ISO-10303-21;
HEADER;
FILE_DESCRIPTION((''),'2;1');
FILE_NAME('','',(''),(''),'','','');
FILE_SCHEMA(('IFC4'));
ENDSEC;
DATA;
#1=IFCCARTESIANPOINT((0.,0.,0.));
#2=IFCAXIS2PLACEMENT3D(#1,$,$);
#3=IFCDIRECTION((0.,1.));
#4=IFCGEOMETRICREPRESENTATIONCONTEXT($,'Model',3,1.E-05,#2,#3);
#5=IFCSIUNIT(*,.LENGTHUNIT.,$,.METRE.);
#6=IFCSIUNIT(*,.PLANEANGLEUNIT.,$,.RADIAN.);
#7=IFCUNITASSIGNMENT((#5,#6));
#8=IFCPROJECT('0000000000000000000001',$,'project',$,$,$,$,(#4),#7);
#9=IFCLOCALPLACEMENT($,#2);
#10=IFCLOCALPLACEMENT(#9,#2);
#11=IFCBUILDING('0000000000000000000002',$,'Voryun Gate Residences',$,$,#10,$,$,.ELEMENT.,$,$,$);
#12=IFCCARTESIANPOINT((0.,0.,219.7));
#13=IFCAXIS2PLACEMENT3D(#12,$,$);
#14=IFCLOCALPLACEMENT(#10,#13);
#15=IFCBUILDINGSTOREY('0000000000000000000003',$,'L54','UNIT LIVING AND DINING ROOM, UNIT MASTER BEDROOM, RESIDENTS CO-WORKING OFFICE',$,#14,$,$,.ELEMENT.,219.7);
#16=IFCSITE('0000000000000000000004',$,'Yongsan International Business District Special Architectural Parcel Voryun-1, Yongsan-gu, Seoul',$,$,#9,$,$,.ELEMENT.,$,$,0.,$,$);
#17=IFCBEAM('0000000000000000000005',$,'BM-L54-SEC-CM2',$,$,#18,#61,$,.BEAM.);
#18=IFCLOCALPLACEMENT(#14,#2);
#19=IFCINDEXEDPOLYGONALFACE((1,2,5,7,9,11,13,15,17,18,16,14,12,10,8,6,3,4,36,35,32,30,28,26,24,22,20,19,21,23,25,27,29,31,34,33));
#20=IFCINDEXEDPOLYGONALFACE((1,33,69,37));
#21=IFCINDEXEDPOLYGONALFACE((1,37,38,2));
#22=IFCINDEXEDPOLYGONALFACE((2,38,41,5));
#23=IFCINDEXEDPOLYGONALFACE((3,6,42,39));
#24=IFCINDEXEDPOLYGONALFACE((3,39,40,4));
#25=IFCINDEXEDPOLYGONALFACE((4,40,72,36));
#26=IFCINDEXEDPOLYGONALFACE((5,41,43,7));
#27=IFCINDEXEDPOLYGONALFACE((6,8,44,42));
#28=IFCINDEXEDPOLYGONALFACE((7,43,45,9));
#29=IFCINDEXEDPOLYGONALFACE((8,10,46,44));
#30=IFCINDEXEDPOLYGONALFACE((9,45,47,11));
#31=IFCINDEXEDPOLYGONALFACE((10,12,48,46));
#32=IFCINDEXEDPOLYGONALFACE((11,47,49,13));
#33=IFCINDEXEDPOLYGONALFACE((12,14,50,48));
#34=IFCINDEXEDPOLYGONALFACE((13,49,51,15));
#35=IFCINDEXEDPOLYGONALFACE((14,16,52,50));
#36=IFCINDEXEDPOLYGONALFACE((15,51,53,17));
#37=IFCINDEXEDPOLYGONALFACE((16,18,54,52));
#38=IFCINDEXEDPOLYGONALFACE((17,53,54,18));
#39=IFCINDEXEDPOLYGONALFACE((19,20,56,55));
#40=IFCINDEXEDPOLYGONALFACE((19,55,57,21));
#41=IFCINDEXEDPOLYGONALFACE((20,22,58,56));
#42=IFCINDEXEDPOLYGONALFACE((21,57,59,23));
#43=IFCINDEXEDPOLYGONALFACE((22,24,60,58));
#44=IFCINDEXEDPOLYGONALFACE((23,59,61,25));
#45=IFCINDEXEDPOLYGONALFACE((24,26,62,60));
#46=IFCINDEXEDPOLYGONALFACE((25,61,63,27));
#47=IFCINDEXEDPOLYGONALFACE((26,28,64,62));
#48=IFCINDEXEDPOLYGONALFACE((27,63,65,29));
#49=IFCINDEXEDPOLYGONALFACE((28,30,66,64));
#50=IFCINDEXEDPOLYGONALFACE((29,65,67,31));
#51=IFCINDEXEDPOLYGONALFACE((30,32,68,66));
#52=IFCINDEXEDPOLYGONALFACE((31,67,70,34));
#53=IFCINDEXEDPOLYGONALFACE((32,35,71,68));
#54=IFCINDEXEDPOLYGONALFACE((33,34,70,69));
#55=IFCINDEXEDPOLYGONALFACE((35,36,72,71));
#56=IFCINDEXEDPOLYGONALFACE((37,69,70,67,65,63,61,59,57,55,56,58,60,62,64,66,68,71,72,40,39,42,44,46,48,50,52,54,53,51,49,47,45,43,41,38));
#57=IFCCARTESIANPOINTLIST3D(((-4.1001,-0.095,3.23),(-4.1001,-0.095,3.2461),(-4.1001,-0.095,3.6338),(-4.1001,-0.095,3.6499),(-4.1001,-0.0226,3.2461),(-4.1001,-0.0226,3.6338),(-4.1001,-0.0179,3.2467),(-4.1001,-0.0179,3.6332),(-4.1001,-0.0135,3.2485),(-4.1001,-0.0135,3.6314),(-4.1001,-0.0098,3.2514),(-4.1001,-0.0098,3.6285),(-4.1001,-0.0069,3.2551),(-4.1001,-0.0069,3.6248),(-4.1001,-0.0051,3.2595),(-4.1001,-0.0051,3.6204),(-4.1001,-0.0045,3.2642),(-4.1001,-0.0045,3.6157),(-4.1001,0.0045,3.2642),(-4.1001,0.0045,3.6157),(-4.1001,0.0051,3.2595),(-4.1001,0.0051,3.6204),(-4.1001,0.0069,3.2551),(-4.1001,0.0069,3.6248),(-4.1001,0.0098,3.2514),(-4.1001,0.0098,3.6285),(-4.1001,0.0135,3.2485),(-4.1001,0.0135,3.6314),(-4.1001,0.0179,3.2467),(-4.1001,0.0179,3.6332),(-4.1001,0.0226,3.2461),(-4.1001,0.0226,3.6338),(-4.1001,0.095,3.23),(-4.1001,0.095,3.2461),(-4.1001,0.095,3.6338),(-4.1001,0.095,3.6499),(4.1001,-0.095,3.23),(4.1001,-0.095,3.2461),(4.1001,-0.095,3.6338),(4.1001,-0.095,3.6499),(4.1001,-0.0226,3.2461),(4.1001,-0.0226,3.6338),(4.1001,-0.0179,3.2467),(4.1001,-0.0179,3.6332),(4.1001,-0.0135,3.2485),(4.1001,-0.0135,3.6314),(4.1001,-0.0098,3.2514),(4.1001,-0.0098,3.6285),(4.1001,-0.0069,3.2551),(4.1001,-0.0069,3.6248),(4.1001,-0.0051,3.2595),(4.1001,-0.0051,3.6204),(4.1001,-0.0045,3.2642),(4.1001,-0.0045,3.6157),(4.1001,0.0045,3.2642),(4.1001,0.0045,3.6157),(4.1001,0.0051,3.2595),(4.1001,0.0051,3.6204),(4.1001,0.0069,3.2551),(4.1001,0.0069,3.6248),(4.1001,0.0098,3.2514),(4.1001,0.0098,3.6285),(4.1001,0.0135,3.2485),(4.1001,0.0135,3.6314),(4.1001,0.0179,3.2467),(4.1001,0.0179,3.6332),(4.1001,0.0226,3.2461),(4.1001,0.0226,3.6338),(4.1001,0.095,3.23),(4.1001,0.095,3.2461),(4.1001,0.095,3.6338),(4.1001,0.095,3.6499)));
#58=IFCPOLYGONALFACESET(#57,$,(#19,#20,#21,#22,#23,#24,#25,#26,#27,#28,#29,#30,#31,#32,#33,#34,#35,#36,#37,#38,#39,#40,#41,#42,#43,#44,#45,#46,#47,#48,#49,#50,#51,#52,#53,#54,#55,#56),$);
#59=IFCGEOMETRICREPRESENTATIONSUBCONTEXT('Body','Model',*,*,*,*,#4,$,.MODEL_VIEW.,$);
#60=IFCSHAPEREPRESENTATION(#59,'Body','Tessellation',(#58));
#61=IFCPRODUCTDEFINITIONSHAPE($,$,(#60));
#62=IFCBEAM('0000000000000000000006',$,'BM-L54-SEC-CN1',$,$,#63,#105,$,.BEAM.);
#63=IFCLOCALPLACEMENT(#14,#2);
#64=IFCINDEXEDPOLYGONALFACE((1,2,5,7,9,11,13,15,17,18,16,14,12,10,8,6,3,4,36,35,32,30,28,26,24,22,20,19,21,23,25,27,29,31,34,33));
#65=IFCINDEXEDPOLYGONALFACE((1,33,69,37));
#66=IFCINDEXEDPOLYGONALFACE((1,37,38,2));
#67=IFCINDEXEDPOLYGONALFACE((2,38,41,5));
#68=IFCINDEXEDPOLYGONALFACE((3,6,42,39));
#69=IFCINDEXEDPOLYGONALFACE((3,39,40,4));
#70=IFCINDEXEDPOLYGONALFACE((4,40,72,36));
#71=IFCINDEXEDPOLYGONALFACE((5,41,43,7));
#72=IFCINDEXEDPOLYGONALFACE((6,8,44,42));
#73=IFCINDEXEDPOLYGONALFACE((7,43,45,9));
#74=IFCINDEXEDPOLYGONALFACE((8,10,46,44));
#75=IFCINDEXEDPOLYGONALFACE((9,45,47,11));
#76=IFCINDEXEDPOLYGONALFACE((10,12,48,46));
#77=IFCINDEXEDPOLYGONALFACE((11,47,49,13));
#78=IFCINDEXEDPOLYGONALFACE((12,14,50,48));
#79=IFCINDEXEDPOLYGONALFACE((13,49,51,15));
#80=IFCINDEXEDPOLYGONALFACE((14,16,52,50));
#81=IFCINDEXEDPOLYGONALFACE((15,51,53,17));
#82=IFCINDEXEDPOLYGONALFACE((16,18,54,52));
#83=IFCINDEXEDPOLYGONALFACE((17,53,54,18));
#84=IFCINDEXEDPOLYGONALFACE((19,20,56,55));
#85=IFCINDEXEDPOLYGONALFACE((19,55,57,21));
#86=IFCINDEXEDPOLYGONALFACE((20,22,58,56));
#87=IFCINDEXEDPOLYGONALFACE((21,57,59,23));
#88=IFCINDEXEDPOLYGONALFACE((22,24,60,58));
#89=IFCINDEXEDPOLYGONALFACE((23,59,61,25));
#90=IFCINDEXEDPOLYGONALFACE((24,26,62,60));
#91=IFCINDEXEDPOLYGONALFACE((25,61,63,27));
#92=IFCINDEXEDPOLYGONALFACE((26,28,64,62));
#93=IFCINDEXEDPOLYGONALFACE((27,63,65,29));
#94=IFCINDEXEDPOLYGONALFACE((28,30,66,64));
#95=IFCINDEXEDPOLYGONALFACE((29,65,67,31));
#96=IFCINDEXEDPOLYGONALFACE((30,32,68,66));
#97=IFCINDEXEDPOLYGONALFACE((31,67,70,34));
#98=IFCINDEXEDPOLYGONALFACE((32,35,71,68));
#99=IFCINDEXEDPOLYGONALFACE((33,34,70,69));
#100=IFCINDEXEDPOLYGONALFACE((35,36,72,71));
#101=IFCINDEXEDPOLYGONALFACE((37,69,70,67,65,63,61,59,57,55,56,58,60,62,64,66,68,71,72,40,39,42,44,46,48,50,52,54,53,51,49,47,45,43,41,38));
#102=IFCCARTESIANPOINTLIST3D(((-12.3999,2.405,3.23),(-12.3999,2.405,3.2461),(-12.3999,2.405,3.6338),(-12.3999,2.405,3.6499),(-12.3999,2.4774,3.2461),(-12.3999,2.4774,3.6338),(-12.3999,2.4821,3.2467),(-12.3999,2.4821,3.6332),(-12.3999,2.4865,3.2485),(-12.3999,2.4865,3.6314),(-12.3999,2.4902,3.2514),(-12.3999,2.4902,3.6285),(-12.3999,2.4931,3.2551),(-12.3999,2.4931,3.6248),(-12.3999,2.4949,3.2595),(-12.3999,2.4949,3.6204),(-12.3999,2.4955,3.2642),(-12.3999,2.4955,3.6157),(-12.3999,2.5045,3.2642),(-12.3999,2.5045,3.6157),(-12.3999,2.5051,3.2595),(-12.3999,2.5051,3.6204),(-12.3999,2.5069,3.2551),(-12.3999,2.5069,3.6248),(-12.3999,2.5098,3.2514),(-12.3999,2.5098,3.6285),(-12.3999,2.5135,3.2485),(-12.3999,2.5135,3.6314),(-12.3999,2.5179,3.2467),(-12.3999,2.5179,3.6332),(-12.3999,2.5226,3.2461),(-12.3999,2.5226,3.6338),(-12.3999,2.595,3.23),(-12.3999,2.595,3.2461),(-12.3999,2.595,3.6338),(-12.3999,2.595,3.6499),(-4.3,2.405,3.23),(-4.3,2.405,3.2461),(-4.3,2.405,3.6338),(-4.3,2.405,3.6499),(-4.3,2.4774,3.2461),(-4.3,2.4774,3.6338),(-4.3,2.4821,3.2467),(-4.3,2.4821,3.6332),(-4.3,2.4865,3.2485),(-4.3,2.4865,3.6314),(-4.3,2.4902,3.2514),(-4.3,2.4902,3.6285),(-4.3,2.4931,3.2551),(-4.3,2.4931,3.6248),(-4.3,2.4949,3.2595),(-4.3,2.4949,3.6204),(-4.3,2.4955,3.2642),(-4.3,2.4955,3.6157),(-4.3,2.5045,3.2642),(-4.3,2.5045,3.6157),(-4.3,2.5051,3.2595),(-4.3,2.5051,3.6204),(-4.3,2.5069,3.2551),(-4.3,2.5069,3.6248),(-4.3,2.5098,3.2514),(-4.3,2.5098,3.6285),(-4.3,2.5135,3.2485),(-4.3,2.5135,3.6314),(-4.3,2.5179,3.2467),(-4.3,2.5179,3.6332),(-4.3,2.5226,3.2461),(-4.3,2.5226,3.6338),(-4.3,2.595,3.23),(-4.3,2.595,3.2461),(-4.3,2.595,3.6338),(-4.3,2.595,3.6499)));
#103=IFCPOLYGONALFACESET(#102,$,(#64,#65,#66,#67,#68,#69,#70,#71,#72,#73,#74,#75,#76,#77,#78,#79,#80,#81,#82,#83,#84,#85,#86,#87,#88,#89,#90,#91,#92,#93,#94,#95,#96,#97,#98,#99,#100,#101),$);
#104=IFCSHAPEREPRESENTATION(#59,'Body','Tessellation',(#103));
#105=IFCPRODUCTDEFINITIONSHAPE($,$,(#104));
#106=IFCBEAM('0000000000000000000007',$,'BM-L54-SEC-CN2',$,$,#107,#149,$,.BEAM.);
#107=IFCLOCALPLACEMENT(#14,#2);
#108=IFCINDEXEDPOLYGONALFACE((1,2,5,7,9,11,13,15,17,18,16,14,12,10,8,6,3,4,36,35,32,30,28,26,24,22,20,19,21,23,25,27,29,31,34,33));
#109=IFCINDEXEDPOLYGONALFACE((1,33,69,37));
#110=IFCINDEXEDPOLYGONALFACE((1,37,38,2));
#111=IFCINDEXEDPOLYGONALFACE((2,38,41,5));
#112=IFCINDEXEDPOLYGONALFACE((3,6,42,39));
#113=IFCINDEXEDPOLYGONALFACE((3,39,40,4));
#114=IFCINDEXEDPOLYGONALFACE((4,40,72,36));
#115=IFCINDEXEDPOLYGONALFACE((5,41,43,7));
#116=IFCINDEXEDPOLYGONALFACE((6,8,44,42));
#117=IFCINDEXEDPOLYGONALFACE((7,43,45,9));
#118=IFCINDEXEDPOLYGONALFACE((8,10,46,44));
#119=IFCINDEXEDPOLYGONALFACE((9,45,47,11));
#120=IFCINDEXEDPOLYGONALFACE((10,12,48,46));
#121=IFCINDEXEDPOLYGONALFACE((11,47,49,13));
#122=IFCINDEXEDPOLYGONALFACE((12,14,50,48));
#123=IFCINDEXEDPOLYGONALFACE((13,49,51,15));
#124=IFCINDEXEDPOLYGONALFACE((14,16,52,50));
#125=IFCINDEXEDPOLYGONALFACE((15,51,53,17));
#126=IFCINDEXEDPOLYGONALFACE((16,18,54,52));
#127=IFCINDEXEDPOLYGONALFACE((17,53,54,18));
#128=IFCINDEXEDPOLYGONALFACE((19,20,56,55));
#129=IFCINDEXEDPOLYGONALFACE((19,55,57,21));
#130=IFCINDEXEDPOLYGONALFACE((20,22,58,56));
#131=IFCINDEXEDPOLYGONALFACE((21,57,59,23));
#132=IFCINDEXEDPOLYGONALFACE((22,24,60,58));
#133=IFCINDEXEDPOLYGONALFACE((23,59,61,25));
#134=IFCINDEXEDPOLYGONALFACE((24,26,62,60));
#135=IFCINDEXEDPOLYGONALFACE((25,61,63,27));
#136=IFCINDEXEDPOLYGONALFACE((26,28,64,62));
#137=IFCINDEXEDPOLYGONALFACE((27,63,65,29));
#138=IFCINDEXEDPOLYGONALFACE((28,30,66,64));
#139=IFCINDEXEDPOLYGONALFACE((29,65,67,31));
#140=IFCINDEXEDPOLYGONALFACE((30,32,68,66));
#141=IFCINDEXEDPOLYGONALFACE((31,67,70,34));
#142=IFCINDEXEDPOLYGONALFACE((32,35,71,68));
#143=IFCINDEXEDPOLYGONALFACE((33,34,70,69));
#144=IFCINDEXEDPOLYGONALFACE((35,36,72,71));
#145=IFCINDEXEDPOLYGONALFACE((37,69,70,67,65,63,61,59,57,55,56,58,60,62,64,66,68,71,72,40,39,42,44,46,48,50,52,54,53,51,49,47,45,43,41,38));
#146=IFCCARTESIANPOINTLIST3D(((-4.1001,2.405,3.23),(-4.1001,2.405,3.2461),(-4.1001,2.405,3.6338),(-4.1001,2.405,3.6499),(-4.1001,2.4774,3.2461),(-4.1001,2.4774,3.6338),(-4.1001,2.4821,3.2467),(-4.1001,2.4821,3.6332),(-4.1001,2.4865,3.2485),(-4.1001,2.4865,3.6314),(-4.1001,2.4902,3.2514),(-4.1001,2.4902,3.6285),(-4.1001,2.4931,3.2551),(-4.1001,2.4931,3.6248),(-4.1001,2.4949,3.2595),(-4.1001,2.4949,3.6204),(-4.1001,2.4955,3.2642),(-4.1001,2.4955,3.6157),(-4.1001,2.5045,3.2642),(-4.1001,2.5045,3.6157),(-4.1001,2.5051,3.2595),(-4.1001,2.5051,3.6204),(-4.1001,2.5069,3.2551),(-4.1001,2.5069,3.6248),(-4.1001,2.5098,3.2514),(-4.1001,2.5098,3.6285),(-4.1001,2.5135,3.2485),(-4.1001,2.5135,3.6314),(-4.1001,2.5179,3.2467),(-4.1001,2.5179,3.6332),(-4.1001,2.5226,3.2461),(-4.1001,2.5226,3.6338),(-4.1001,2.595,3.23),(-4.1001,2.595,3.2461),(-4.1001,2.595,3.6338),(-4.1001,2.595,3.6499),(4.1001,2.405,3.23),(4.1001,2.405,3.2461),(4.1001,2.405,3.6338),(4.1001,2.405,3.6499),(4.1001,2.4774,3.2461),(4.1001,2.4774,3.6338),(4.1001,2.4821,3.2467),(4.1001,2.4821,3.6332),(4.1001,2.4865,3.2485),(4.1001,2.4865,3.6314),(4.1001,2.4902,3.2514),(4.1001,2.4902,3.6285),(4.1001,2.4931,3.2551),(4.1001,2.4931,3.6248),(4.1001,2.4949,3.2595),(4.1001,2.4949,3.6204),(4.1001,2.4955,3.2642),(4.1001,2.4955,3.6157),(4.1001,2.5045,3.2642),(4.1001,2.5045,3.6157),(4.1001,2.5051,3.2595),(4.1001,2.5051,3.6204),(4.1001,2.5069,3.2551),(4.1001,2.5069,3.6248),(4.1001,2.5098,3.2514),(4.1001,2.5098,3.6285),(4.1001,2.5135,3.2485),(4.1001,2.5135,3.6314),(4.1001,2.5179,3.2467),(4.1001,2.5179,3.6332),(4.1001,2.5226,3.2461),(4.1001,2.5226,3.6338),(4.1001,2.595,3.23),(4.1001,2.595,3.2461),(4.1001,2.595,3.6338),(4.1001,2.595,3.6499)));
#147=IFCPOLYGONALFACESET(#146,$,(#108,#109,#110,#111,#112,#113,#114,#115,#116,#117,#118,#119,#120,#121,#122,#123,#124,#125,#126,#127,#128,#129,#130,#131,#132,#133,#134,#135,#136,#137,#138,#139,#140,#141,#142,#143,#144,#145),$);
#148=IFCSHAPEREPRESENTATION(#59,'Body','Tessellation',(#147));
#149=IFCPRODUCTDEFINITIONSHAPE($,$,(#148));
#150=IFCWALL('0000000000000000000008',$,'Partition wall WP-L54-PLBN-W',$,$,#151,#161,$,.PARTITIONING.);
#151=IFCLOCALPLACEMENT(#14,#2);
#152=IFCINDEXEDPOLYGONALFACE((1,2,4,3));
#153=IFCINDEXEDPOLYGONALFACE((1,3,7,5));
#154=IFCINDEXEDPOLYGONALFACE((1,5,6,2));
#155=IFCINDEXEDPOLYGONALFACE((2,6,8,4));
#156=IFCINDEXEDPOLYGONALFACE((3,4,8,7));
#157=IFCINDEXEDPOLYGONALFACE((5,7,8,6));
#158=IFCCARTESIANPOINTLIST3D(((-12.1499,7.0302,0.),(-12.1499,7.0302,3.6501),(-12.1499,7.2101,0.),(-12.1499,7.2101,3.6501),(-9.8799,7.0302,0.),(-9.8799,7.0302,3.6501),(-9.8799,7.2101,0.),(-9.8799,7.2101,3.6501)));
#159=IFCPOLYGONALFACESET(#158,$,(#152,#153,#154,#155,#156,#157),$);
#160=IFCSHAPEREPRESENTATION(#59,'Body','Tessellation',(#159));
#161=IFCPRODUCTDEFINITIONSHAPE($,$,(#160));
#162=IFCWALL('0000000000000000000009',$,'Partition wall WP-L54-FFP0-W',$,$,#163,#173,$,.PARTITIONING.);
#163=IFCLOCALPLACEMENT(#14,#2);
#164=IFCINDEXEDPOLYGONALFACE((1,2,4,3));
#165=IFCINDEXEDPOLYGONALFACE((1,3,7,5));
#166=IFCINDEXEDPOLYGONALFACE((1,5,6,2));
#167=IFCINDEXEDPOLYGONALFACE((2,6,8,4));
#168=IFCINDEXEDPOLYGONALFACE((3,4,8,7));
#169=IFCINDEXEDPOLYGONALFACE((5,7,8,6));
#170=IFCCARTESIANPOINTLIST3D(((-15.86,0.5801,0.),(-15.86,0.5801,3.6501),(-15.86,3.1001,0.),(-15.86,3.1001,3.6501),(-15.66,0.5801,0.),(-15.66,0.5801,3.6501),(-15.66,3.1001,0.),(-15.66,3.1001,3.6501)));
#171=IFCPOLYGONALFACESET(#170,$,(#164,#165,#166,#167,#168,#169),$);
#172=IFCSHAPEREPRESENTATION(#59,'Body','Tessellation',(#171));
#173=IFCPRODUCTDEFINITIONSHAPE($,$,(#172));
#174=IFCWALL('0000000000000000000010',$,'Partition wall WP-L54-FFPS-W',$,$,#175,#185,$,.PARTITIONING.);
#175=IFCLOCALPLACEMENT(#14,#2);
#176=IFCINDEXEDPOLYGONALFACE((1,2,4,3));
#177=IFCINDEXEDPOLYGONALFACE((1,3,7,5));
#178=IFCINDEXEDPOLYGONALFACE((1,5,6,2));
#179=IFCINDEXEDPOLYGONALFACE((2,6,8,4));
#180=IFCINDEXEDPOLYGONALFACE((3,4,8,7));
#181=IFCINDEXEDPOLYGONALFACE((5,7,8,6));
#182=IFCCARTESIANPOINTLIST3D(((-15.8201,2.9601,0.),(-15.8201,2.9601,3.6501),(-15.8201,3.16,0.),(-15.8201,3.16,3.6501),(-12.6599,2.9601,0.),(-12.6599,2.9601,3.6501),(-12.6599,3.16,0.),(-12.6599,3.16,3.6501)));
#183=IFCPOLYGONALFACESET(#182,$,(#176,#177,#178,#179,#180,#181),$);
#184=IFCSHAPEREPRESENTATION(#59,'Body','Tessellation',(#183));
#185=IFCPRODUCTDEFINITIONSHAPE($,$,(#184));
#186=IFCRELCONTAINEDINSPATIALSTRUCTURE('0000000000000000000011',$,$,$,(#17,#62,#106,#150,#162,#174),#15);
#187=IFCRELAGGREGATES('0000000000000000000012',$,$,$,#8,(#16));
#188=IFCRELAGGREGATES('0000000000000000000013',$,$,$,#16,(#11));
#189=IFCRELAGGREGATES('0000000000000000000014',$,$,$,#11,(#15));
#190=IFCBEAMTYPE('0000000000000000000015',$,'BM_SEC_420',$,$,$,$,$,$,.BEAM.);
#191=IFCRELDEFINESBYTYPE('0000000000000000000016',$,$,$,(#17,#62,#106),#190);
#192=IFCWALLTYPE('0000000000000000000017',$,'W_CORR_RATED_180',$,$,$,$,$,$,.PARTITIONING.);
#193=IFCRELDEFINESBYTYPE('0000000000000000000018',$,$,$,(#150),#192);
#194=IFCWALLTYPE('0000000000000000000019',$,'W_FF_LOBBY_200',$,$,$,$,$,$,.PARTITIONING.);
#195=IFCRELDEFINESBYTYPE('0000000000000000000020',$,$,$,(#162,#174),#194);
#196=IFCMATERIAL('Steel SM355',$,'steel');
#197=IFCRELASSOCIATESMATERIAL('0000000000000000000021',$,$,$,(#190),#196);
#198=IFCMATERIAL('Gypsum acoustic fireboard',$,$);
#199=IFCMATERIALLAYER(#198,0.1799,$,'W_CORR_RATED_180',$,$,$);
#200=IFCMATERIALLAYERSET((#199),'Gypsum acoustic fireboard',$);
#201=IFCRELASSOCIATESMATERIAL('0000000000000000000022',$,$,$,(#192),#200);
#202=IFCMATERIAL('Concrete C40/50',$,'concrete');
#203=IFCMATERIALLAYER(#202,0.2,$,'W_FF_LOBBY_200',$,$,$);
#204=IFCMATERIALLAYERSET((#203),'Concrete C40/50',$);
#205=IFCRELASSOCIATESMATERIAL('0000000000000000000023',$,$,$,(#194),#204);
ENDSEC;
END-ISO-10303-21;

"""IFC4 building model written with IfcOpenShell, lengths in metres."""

from ifc_helpers import new_model, si_unit, direction, frame, frame_2d, origin, origin_2d, place, context, subcontext, project, spatial, rectangle, i_section, extrude, material, layer, layer_set, material_profile, profile_set, type_object, element, save


model = new_model("IFC4")

# Units and contexts
model_context = context("Model", 3, precision=1e-05, world=origin(), true_north=direction((0.0, 1.0)))
body_context = subcontext(model_context, "Body", "Model", "MODEL_VIEW")
ifc_project = project(units=[si_unit("LENGTHUNIT", "METRE"), si_unit("PLANEANGLEUNIT", "RADIAN")], contexts=[model_context])

# Site, building, storey
site_placement = place(None, origin())
site = spatial("IfcSite", under=ifc_project, at=site_placement, Name="Yongsan International Business District Special Architectural Parcel Voryun-1, Yongsan-gu, Seoul", CompositionType="ELEMENT", RefElevation=0.0)
building_placement = place(site_placement, origin())
building = spatial("IfcBuilding", under=site, at=building_placement, Name="Voryun Gate Residences", CompositionType="ELEMENT")
storey_placement = place(building_placement, frame((0.0, 0.0, 219.7)))
storey = spatial("IfcBuildingStorey", under=building, at=storey_placement, Name="L54", Description="UNIT LIVING AND DINING ROOM, UNIT MASTER BEDROOM, RESIDENTS CO-WORKING OFFICE", CompositionType="ELEMENT", Elevation=219.7)

# Beams
ifc_material_1 = material(Name="Steel SM355", Category="steel")
ifc_material_profile_1 = material_profile(ifc_material_1, i_section(OverallWidth=0.1899, OverallDepth=0.4199, WebThickness=0.009, FlangeThickness=0.0161, FilletRadius=0.0181, at=origin_2d()), Name="H-420x190x9x16")
ifc_profile_set_1 = profile_set([ifc_material_profile_1], Name="Steel SM355")
beam_type_1 = type_object("IfcBeamType", Name="BM_SEC_420", PredefinedType="BEAM", material=ifc_profile_set_1)
beam_1_placement = place(storey_placement, frame((-4.1001, 0.0, 3.4399), z_axis=(1.0, 0.0, 0.0), x_axis=(0.0, 1.0, 0.0)))
element("IfcBeam", 1, at=beam_1_placement, inside=storey, type_object=beam_type_1, Name="BM-L54-SEC-CM2", PredefinedType="BEAM", context=body_context, shape_type="SweptSolid", body=[
    extrude(i_section(OverallWidth=0.1899, OverallDepth=0.4199, WebThickness=0.009, FlangeThickness=0.0161, FilletRadius=0.0181, at=origin_2d()), origin(), (0.0, 0.0, 1.0), 8.2002),
])
beam_2_placement = place(storey_placement, frame((-12.3999, 2.5, 3.4399), z_axis=(1.0, 0.0, 0.0), x_axis=(0.0, 1.0, 0.0)))
element("IfcBeam", 2, at=beam_2_placement, inside=storey, type_object=beam_type_1, Name="BM-L54-SEC-CN1", PredefinedType="BEAM", context=body_context, shape_type="SweptSolid", body=[
    extrude(i_section(OverallWidth=0.1899, OverallDepth=0.4199, WebThickness=0.009, FlangeThickness=0.0161, FilletRadius=0.0181, at=origin_2d()), origin(), (0.0, 0.0, 1.0), 8.0999),
])
beam_3_placement = place(storey_placement, frame((-4.1001, 2.5, 3.4399), z_axis=(1.0, 0.0, 0.0), x_axis=(0.0, 1.0, 0.0)))
element("IfcBeam", 3, at=beam_3_placement, inside=storey, type_object=beam_type_1, Name="BM-L54-SEC-CN2", PredefinedType="BEAM", context=body_context, shape_type="SweptSolid", body=[
    extrude(i_section(OverallWidth=0.1899, OverallDepth=0.4199, WebThickness=0.009, FlangeThickness=0.0161, FilletRadius=0.0181, at=origin_2d()), origin(), (0.0, 0.0, 1.0), 8.2002),
])

# Walls
ifc_material_2 = material(Name="Gypsum acoustic fireboard")
ifc_layer_1 = layer(ifc_material_2, 0.1799, Name="W_CORR_RATED_180")
ifc_layer_set_1 = layer_set([ifc_layer_1], Name="Gypsum acoustic fireboard")
wall_type_1 = type_object("IfcWallType", Name="W_CORR_RATED_180", PredefinedType="PARTITIONING", material=ifc_layer_set_1)
wall_1_placement = place(storey_placement, frame((-12.1499, 7.1201, 0.0), z_axis=(0.0, 0.0, 1.0), x_axis=(1.0, 0.0, 0.0)))
element("IfcWall", 4, at=wall_1_placement, inside=storey, type_object=wall_type_1, Name="Partition wall WP-L54-PLBN-W", PredefinedType="PARTITIONING", context=body_context, shape_type="SweptSolid", body=[
    extrude(rectangle(XDim=2.27, YDim=0.1799, at=frame_2d((1.135, 0.0))), origin(), (0.0, 0.0, 1.0), 3.6501),
])
ifc_material_3 = material(Name="Concrete C40/50", Category="concrete")
ifc_layer_2 = layer(ifc_material_3, 0.2, Name="W_FF_LOBBY_200")
ifc_layer_set_2 = layer_set([ifc_layer_2], Name="Concrete C40/50")
wall_type_2 = type_object("IfcWallType", Name="W_FF_LOBBY_200", PredefinedType="PARTITIONING", material=ifc_layer_set_2)
wall_2_placement = place(storey_placement, frame((-15.76, 0.5801, 0.0), z_axis=(0.0, 0.0, 1.0), x_axis=(0.0, 1.0, 0.0)))
element("IfcWall", 5, at=wall_2_placement, inside=storey, type_object=wall_type_2, Name="Partition wall WP-L54-FFP0-W", PredefinedType="PARTITIONING", context=body_context, shape_type="SweptSolid", body=[
    extrude(rectangle(XDim=2.52, YDim=0.2, at=frame_2d((1.26, 0.0))), origin(), (0.0, 0.0, 1.0), 3.6501),
])
wall_3_placement = place(storey_placement, frame((-15.8201, 3.0601, 0.0), z_axis=(0.0, 0.0, 1.0), x_axis=(1.0, 0.0, 0.0)))
element("IfcWall", 6, at=wall_3_placement, inside=storey, type_object=wall_type_2, Name="Partition wall WP-L54-FFPS-W", PredefinedType="PARTITIONING", context=body_context, shape_type="SweptSolid", body=[
    extrude(rectangle(XDim=3.1602, YDim=0.2, at=frame_2d((1.5801, 0.0))), origin(), (0.0, 0.0, 1.0), 3.6501),
])

save(model, "model.ifc")
